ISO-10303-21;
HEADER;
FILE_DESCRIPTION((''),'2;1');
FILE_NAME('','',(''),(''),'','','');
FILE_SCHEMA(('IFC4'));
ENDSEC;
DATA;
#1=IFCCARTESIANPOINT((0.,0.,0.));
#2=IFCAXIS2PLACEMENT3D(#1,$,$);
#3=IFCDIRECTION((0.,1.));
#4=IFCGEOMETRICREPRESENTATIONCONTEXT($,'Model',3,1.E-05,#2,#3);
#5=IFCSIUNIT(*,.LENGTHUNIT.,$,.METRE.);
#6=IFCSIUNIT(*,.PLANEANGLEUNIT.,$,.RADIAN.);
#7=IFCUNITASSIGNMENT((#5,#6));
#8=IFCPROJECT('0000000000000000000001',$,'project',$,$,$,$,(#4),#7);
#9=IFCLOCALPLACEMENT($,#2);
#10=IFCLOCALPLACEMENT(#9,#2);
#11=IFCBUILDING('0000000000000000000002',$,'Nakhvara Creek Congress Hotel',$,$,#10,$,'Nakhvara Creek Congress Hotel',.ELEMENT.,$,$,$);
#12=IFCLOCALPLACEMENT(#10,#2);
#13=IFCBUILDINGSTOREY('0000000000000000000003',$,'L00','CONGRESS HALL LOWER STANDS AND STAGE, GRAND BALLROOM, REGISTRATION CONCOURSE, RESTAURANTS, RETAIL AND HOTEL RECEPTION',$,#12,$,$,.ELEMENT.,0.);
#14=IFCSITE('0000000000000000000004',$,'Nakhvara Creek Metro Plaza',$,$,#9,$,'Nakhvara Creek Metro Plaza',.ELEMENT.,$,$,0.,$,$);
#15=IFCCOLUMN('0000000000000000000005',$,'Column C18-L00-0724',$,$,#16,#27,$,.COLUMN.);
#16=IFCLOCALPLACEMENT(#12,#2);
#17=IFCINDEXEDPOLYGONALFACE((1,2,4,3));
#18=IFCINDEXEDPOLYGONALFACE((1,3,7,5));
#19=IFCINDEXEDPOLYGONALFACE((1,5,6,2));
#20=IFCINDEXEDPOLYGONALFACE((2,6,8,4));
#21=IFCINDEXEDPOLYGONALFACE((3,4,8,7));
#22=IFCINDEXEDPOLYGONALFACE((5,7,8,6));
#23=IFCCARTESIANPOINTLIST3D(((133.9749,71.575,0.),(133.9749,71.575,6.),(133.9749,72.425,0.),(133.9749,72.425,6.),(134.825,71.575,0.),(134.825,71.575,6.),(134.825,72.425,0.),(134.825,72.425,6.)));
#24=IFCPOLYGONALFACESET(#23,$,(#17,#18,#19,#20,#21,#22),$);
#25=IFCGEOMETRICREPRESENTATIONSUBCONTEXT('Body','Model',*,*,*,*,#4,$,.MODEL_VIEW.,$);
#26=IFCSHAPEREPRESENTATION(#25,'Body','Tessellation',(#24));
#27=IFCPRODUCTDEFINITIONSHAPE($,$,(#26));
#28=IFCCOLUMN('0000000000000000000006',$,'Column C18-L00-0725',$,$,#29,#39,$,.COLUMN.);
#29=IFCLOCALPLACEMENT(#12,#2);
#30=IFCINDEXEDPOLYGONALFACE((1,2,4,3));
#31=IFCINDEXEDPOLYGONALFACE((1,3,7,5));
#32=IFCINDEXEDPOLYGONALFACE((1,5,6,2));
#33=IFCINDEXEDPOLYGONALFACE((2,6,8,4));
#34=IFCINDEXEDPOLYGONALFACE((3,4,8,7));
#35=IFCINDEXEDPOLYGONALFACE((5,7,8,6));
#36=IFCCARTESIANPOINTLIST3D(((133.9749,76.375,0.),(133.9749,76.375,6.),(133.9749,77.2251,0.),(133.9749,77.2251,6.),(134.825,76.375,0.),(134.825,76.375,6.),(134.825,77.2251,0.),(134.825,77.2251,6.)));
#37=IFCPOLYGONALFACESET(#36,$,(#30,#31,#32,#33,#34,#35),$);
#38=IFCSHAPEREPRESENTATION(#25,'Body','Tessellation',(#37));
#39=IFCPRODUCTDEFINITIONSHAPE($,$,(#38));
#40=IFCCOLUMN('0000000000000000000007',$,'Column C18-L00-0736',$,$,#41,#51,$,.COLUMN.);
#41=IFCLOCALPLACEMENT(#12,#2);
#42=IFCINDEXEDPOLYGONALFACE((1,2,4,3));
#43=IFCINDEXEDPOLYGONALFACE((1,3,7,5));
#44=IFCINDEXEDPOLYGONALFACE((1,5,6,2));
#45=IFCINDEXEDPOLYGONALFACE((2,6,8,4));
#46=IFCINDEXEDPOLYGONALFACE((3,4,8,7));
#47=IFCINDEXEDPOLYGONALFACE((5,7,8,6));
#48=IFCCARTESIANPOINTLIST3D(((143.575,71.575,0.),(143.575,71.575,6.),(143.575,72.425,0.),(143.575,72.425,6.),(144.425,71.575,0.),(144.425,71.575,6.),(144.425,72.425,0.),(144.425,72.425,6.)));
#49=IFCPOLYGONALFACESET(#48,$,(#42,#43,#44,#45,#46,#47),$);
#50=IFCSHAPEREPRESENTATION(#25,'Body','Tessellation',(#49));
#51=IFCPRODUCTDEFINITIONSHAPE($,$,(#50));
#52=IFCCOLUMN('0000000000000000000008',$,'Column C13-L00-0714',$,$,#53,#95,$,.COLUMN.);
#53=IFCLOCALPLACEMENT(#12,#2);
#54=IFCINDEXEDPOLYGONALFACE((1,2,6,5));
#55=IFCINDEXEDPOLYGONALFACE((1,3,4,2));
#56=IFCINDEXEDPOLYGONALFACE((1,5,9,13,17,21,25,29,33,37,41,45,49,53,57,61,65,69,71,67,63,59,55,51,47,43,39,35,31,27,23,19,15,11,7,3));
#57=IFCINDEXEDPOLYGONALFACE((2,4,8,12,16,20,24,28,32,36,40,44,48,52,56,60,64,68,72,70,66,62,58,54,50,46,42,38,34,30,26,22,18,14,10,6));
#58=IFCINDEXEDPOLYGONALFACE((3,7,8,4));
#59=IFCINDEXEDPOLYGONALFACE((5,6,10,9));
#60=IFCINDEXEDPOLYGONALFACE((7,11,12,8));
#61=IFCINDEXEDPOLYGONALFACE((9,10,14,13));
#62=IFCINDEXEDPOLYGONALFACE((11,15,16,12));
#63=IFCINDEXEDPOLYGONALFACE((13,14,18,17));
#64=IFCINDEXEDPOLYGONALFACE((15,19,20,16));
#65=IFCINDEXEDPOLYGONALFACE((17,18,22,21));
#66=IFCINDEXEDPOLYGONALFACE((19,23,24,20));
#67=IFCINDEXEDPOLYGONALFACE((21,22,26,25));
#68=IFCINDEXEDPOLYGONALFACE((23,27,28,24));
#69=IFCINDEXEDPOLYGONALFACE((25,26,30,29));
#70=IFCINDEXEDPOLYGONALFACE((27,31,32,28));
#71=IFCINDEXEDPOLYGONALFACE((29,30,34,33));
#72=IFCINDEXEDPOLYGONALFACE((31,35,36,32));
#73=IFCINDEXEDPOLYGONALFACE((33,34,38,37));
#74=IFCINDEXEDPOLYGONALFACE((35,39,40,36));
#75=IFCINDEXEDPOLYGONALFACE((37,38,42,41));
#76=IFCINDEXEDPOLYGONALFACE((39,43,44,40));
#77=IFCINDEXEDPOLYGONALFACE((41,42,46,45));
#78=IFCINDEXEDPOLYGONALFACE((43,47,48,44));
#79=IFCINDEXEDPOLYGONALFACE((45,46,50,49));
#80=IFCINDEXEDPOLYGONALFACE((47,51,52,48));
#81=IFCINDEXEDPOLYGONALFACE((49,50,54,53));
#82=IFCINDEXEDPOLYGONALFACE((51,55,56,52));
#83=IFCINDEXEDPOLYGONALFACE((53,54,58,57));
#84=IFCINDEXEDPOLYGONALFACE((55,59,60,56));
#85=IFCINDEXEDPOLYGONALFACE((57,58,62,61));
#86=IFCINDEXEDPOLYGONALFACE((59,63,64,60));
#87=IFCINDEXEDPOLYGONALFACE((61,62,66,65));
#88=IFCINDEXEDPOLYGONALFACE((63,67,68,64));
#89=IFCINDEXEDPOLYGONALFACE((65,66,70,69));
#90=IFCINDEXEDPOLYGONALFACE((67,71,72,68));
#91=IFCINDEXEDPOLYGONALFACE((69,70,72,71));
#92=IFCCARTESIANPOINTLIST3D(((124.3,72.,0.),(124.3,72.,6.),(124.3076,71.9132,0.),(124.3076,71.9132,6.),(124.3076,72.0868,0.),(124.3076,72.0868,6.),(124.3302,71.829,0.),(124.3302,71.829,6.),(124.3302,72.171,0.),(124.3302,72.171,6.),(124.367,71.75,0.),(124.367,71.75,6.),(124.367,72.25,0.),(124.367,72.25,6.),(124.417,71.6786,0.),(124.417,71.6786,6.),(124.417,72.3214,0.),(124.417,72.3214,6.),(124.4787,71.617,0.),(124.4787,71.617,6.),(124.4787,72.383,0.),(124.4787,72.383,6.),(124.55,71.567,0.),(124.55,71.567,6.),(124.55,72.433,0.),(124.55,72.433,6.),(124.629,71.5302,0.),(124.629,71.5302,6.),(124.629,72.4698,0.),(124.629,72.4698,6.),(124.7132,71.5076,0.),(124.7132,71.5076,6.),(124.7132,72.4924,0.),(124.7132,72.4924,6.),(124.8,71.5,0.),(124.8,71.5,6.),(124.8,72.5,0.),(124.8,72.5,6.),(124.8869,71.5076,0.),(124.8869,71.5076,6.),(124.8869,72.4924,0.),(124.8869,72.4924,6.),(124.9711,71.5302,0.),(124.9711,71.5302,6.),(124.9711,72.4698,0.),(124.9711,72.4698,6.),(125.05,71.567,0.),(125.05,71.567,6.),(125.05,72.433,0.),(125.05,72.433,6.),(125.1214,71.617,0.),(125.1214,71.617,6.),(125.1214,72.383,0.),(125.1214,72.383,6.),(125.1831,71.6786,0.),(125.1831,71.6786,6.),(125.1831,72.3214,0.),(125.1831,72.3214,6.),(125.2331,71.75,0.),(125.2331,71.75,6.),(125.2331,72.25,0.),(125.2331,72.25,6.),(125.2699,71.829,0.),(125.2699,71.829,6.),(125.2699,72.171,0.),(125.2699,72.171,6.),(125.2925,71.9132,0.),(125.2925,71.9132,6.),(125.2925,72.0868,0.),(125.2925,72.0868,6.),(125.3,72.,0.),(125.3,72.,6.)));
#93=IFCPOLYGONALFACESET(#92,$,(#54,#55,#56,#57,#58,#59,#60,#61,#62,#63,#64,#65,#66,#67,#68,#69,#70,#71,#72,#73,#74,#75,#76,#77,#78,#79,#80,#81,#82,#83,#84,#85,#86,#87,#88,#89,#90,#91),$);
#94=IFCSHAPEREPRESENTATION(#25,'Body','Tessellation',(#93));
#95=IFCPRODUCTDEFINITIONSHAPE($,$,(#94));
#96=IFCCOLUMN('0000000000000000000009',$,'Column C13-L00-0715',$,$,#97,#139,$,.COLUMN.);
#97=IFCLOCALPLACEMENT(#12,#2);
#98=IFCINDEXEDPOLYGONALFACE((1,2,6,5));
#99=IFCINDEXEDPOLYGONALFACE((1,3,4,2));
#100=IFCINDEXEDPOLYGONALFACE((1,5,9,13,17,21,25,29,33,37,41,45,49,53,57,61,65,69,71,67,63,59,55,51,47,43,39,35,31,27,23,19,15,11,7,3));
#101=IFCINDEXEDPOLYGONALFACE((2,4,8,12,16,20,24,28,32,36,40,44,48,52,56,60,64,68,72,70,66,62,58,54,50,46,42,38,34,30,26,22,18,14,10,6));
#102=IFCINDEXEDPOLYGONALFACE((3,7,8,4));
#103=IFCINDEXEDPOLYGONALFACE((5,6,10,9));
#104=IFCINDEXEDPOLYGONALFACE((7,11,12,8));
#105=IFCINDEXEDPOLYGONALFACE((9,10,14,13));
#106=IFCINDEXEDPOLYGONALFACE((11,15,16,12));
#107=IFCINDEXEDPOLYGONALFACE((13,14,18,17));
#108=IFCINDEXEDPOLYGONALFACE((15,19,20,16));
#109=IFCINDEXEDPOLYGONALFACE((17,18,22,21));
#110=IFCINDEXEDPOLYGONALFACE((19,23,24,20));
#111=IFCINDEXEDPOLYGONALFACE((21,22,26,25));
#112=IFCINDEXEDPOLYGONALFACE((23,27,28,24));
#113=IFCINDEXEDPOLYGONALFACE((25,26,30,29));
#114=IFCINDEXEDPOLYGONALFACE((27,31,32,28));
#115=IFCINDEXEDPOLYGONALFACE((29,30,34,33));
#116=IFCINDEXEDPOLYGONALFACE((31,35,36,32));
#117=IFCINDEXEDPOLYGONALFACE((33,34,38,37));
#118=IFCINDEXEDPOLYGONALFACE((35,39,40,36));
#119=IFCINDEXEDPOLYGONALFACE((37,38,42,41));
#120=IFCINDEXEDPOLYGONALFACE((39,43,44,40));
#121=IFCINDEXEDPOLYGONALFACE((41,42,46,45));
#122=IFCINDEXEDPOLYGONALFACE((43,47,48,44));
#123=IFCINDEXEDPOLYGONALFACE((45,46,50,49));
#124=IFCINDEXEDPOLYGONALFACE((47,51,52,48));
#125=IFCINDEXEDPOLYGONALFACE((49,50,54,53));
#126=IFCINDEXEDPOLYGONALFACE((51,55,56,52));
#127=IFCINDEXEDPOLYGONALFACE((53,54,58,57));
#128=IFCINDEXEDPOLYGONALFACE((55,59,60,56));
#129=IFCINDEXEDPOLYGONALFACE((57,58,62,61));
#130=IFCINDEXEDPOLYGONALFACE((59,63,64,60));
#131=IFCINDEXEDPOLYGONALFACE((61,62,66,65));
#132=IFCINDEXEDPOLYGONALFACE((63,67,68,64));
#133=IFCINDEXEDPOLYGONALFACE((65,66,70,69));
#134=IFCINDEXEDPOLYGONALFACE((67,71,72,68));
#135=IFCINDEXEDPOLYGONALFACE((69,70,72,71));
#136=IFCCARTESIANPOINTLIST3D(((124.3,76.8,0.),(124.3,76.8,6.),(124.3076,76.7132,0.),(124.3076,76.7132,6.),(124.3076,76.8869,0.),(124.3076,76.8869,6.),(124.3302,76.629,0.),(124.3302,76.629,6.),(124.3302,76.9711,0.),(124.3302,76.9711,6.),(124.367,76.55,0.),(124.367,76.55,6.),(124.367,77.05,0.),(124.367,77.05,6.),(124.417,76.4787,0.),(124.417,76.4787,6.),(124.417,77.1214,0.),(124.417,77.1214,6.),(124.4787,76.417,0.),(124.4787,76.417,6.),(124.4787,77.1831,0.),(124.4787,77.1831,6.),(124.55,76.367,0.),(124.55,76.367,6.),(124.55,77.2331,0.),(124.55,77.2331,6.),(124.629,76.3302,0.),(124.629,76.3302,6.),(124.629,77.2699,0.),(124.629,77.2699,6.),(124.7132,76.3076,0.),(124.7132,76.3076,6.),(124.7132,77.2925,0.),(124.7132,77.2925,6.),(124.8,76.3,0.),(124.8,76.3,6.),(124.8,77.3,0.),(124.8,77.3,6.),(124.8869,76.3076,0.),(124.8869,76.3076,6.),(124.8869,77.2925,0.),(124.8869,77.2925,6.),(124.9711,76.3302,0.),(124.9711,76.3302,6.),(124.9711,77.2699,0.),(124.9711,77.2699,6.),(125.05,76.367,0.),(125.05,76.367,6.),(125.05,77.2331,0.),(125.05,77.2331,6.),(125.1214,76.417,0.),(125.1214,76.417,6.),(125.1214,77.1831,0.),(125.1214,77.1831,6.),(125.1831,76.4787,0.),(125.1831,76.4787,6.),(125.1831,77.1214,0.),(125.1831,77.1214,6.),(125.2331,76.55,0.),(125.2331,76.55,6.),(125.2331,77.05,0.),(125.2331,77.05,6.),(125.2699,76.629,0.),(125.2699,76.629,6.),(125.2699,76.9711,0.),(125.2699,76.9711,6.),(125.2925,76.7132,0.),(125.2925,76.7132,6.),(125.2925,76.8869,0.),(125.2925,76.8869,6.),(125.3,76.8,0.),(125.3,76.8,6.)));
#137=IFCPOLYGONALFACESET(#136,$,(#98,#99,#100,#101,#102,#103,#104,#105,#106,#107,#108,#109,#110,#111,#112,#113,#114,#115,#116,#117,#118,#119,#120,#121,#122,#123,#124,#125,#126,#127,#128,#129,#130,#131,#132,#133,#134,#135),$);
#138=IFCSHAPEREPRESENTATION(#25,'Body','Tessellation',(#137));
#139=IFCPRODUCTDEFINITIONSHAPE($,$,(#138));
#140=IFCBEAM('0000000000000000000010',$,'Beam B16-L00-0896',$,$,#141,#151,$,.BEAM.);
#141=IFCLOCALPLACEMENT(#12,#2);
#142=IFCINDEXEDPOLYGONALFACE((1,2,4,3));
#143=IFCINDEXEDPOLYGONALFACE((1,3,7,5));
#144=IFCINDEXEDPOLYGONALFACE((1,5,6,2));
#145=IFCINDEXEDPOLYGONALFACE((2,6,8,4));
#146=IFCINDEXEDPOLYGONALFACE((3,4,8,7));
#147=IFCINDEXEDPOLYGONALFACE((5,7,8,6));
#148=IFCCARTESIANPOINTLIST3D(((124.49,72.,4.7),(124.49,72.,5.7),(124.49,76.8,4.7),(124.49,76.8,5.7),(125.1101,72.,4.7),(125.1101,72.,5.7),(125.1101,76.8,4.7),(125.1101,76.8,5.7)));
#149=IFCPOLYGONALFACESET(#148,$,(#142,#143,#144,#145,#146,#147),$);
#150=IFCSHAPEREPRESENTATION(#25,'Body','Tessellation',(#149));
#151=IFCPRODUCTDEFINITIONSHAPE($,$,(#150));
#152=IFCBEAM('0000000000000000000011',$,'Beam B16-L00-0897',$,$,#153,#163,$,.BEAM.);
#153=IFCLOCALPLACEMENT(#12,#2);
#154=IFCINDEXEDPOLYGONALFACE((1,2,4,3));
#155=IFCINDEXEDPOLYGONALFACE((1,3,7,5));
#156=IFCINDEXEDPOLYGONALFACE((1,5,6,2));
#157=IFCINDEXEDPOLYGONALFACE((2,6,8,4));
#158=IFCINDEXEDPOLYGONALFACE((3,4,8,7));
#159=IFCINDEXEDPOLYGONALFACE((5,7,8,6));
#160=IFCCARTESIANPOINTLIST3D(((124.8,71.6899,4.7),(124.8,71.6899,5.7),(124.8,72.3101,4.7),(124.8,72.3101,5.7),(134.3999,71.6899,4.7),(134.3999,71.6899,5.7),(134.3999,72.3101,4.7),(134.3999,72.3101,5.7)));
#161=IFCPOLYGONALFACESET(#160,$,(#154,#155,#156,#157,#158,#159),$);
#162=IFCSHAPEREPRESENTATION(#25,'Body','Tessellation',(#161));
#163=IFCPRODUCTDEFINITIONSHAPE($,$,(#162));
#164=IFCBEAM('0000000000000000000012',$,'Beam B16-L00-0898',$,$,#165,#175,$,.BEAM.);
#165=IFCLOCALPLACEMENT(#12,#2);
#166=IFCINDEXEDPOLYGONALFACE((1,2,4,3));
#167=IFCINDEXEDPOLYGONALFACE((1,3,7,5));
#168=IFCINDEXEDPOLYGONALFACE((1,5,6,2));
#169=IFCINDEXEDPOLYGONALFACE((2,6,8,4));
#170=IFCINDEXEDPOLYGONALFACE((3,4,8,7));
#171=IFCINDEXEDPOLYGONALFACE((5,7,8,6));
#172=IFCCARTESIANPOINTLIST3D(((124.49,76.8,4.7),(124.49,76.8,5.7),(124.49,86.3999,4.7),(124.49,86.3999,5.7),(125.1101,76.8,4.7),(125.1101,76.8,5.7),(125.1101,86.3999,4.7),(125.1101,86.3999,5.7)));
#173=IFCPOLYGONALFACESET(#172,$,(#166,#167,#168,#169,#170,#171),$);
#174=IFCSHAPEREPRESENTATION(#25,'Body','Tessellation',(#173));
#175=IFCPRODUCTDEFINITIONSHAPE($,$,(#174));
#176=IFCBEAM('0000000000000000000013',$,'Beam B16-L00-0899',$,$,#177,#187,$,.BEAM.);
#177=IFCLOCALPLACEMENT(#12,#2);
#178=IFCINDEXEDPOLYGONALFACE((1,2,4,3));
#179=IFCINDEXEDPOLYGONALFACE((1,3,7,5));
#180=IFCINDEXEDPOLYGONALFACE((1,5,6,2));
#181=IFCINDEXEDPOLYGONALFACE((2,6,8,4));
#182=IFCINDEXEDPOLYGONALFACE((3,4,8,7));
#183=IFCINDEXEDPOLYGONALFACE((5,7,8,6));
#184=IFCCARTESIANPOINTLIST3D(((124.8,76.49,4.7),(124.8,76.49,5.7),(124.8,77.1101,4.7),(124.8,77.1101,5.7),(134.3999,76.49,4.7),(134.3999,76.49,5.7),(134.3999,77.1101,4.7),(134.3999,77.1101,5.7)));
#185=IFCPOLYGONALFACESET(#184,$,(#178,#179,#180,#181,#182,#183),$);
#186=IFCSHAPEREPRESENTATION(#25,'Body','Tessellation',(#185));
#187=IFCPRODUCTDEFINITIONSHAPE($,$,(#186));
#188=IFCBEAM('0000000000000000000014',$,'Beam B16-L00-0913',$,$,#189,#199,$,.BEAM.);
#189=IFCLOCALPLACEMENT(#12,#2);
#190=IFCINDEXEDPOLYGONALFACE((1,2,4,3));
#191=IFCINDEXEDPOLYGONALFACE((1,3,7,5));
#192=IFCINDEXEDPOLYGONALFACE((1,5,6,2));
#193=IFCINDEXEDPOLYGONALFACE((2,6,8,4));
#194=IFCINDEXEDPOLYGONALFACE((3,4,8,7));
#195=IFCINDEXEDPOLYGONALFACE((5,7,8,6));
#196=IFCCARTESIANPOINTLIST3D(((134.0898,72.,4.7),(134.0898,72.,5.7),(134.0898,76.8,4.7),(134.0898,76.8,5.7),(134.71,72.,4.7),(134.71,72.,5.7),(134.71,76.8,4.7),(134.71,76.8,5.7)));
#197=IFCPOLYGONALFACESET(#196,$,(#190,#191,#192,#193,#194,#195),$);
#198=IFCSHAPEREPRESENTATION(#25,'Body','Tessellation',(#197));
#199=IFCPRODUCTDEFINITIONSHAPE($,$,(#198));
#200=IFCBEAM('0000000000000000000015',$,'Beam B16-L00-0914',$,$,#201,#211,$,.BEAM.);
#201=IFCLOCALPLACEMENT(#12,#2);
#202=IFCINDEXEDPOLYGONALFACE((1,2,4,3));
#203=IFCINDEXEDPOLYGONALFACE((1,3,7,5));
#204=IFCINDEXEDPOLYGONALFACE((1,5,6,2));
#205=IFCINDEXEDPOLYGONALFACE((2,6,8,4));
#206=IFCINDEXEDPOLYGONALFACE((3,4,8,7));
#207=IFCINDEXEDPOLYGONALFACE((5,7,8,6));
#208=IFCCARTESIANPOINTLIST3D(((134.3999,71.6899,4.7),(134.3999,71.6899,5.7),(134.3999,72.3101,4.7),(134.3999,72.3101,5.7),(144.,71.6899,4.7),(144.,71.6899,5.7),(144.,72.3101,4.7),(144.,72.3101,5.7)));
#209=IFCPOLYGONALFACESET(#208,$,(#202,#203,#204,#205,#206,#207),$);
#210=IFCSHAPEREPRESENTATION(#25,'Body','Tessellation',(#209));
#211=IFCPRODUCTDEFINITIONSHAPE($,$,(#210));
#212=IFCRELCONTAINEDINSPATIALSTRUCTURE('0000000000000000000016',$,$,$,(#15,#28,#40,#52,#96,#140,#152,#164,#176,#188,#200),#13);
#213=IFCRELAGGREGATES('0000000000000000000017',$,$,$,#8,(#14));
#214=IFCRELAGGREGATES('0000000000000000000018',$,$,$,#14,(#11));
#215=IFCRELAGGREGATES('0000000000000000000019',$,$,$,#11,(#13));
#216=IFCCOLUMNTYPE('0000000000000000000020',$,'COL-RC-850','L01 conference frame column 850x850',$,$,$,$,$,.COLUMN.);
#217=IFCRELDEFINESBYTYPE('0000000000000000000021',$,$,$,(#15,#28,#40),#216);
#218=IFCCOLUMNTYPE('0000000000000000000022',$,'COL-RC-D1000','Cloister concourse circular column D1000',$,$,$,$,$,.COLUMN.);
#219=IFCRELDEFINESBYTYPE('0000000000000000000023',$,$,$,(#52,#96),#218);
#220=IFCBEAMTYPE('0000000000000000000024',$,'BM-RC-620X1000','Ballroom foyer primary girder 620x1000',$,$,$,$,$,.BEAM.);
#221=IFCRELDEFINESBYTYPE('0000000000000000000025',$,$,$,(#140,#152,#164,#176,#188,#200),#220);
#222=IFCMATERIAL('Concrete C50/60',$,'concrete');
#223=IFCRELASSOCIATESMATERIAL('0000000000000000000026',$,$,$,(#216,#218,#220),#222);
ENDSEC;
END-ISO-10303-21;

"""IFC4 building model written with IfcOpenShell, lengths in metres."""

from ifc_helpers import new_model, si_unit, direction, frame, origin, origin_2d, place, context, subcontext, project, spatial, rectangle, circle, extrude, material, material_profile, profile_set, type_object, element, save


model = new_model("IFC4")

# Units and contexts
model_context = context("Model", 3, precision=1e-05, world=origin(), true_north=direction((0.0, 1.0)))
body_context = subcontext(model_context, "Body", "Model", "MODEL_VIEW")
ifc_project = project(units=[si_unit("LENGTHUNIT", "METRE"), si_unit("PLANEANGLEUNIT", "RADIAN")], contexts=[model_context])

# Site, building, storey
site_placement = place(None, origin())
site = spatial("IfcSite", under=ifc_project, at=site_placement, Name="Nakhvara Creek Metro Plaza", LongName="Nakhvara Creek Metro Plaza", CompositionType="ELEMENT", RefElevation=0.0)
building_placement = place(site_placement, origin())
building = spatial("IfcBuilding", under=site, at=building_placement, Name="Nakhvara Creek Congress Hotel", LongName="Nakhvara Creek Congress Hotel", CompositionType="ELEMENT")
storey_placement = place(building_placement, origin())
storey = spatial("IfcBuildingStorey", under=building, at=storey_placement, Name="L00", Description="CONGRESS HALL LOWER STANDS AND STAGE, GRAND BALLROOM, REGISTRATION CONCOURSE, RESTAURANTS, RETAIL AND HOTEL RECEPTION", CompositionType="ELEMENT", Elevation=0.0)

# Columns
ifc_material_1 = material(Name="Concrete C50/60", Category="concrete")
ifc_material_profile_1 = material_profile(ifc_material_1, rectangle(XDim=0.8501, YDim=0.8501, at=origin_2d()), Name="RC-COL 850x850", Category="LoadBearing")
ifc_profile_set_1 = profile_set([ifc_material_profile_1], Name="Concrete C50/60")
column_type_1 = type_object("IfcColumnType", Name="COL-RC-850", Description="L01 conference frame column 850x850", PredefinedType="COLUMN", material=ifc_profile_set_1)
for number, where, z_axis, x_axis, name in (
    (1, (134.3999, 72.0, 0.0), (0.0, 0.0, 1.0), (1.0, 0.0, 0.0), "Column C18-L00-0724"),
    (2, (134.3999, 76.8, 0.0), (0.0, 0.0, 1.0), (1.0, 0.0, 0.0), "Column C18-L00-0725"),
    (3, (144.0, 72.0, 0.0), (0.0, 0.0, 1.0), (1.0, 0.0, 0.0), "Column C18-L00-0736"),
):
    element("IfcColumn", number, at=place(storey_placement, frame(where, z_axis=z_axis, x_axis=x_axis)), inside=storey, type_object=column_type_1, Name=name, PredefinedType="COLUMN", context=body_context, shape_type="SweptSolid", body=[
        extrude(rectangle(XDim=0.8501, YDim=0.8501, at=origin_2d()), origin(), (0.0, 0.0, 1.0), 6.0),
    ])
ifc_material_profile_2 = material_profile(ifc_material_1, circle(Radius=0.5, at=origin_2d()), Name="RC-COL D1000", Category="LoadBearing")
ifc_profile_set_2 = profile_set([ifc_material_profile_2], Name="Concrete C50/60")
column_type_2 = type_object("IfcColumnType", Name="COL-RC-D1000", Description="Cloister concourse circular column D1000", PredefinedType="COLUMN", material=ifc_profile_set_2)
for number, where, z_axis, x_axis, name in (
    (4, (124.8, 72.0, 0.0), (0.0, 0.0, 1.0), (1.0, 0.0, 0.0), "Column C13-L00-0714"),
    (5, (124.8, 76.8, 0.0), (0.0, 0.0, 1.0), (1.0, 0.0, 0.0), "Column C13-L00-0715"),
):
    element("IfcColumn", number, at=place(storey_placement, frame(where, z_axis=z_axis, x_axis=x_axis)), inside=storey, type_object=column_type_2, Name=name, PredefinedType="COLUMN", context=body_context, shape_type="SweptSolid", body=[
        extrude(circle(Radius=0.5, at=origin_2d()), origin(), (0.0, 0.0, 1.0), 6.0),
    ])

# Beams
ifc_material_profile_3 = material_profile(ifc_material_1, rectangle(XDim=0.6201, YDim=1.0, at=origin_2d()), Name="RC-BM 620x1000", Category="LoadBearing")
ifc_profile_set_3 = profile_set([ifc_material_profile_3], Name="Concrete C50/60")
beam_type = type_object("IfcBeamType", Name="BM-RC-620X1000", Description="Ballroom foyer primary girder 620x1000", PredefinedType="BEAM", material=ifc_profile_set_3)
beam_1_placement = place(storey_placement, frame((124.8, 72.0, 5.2), z_axis=(0.0, 1.0, 0.0), x_axis=(-1.0, 0.0, 0.0)))
element("IfcBeam", 6, at=beam_1_placement, inside=storey, type_object=beam_type, Name="Beam B16-L00-0896", PredefinedType="BEAM", context=body_context, shape_type="SweptSolid", body=[
    extrude(rectangle(XDim=0.6201, YDim=1.0, at=origin_2d()), origin(), (0.0, 0.0, 1.0), 4.8),
])
for number, where, z_axis, x_axis, name in (
    (7, (124.8, 72.0, 5.2), (1.0, 0.0, 0.0), (0.0, 1.0, 0.0), "Beam B16-L00-0897"),
    (8, (124.8, 76.8, 5.2), (0.0, 1.0, 0.0), (-1.0, 0.0, 0.0), "Beam B16-L00-0898"),
    (9, (124.8, 76.8, 5.2), (1.0, 0.0, 0.0), (0.0, 1.0, 0.0), "Beam B16-L00-0899"),
):
    element("IfcBeam", number, at=place(storey_placement, frame(where, z_axis=z_axis, x_axis=x_axis)), inside=storey, type_object=beam_type, Name=name, PredefinedType="BEAM", context=body_context, shape_type="SweptSolid", body=[
        extrude(rectangle(XDim=0.6201, YDim=1.0, at=origin_2d()), origin(), (0.0, 0.0, 1.0), 9.5999),
    ])
beam_2_placement = place(storey_placement, frame((134.3999, 72.0, 5.2), z_axis=(0.0, 1.0, 0.0), x_axis=(-1.0, 0.0, 0.0)))
element("IfcBeam", 10, at=beam_2_placement, inside=storey, type_object=beam_type, Name="Beam B16-L00-0913", PredefinedType="BEAM", context=body_context, shape_type="SweptSolid", body=[
    extrude(rectangle(XDim=0.6201, YDim=1.0, at=origin_2d()), origin(), (0.0, 0.0, 1.0), 4.8),
])
beam_3_placement = place(storey_placement, frame((134.3999, 72.0, 5.2), z_axis=(1.0, 0.0, 0.0), x_axis=(0.0, 1.0, 0.0)))
element("IfcBeam", 11, at=beam_3_placement, inside=storey, type_object=beam_type, Name="Beam B16-L00-0914", PredefinedType="BEAM", context=body_context, shape_type="SweptSolid", body=[
    extrude(rectangle(XDim=0.6201, YDim=1.0, at=origin_2d()), origin(), (0.0, 0.0, 1.0), 9.6001),
])

save(model, "model.ifc")
